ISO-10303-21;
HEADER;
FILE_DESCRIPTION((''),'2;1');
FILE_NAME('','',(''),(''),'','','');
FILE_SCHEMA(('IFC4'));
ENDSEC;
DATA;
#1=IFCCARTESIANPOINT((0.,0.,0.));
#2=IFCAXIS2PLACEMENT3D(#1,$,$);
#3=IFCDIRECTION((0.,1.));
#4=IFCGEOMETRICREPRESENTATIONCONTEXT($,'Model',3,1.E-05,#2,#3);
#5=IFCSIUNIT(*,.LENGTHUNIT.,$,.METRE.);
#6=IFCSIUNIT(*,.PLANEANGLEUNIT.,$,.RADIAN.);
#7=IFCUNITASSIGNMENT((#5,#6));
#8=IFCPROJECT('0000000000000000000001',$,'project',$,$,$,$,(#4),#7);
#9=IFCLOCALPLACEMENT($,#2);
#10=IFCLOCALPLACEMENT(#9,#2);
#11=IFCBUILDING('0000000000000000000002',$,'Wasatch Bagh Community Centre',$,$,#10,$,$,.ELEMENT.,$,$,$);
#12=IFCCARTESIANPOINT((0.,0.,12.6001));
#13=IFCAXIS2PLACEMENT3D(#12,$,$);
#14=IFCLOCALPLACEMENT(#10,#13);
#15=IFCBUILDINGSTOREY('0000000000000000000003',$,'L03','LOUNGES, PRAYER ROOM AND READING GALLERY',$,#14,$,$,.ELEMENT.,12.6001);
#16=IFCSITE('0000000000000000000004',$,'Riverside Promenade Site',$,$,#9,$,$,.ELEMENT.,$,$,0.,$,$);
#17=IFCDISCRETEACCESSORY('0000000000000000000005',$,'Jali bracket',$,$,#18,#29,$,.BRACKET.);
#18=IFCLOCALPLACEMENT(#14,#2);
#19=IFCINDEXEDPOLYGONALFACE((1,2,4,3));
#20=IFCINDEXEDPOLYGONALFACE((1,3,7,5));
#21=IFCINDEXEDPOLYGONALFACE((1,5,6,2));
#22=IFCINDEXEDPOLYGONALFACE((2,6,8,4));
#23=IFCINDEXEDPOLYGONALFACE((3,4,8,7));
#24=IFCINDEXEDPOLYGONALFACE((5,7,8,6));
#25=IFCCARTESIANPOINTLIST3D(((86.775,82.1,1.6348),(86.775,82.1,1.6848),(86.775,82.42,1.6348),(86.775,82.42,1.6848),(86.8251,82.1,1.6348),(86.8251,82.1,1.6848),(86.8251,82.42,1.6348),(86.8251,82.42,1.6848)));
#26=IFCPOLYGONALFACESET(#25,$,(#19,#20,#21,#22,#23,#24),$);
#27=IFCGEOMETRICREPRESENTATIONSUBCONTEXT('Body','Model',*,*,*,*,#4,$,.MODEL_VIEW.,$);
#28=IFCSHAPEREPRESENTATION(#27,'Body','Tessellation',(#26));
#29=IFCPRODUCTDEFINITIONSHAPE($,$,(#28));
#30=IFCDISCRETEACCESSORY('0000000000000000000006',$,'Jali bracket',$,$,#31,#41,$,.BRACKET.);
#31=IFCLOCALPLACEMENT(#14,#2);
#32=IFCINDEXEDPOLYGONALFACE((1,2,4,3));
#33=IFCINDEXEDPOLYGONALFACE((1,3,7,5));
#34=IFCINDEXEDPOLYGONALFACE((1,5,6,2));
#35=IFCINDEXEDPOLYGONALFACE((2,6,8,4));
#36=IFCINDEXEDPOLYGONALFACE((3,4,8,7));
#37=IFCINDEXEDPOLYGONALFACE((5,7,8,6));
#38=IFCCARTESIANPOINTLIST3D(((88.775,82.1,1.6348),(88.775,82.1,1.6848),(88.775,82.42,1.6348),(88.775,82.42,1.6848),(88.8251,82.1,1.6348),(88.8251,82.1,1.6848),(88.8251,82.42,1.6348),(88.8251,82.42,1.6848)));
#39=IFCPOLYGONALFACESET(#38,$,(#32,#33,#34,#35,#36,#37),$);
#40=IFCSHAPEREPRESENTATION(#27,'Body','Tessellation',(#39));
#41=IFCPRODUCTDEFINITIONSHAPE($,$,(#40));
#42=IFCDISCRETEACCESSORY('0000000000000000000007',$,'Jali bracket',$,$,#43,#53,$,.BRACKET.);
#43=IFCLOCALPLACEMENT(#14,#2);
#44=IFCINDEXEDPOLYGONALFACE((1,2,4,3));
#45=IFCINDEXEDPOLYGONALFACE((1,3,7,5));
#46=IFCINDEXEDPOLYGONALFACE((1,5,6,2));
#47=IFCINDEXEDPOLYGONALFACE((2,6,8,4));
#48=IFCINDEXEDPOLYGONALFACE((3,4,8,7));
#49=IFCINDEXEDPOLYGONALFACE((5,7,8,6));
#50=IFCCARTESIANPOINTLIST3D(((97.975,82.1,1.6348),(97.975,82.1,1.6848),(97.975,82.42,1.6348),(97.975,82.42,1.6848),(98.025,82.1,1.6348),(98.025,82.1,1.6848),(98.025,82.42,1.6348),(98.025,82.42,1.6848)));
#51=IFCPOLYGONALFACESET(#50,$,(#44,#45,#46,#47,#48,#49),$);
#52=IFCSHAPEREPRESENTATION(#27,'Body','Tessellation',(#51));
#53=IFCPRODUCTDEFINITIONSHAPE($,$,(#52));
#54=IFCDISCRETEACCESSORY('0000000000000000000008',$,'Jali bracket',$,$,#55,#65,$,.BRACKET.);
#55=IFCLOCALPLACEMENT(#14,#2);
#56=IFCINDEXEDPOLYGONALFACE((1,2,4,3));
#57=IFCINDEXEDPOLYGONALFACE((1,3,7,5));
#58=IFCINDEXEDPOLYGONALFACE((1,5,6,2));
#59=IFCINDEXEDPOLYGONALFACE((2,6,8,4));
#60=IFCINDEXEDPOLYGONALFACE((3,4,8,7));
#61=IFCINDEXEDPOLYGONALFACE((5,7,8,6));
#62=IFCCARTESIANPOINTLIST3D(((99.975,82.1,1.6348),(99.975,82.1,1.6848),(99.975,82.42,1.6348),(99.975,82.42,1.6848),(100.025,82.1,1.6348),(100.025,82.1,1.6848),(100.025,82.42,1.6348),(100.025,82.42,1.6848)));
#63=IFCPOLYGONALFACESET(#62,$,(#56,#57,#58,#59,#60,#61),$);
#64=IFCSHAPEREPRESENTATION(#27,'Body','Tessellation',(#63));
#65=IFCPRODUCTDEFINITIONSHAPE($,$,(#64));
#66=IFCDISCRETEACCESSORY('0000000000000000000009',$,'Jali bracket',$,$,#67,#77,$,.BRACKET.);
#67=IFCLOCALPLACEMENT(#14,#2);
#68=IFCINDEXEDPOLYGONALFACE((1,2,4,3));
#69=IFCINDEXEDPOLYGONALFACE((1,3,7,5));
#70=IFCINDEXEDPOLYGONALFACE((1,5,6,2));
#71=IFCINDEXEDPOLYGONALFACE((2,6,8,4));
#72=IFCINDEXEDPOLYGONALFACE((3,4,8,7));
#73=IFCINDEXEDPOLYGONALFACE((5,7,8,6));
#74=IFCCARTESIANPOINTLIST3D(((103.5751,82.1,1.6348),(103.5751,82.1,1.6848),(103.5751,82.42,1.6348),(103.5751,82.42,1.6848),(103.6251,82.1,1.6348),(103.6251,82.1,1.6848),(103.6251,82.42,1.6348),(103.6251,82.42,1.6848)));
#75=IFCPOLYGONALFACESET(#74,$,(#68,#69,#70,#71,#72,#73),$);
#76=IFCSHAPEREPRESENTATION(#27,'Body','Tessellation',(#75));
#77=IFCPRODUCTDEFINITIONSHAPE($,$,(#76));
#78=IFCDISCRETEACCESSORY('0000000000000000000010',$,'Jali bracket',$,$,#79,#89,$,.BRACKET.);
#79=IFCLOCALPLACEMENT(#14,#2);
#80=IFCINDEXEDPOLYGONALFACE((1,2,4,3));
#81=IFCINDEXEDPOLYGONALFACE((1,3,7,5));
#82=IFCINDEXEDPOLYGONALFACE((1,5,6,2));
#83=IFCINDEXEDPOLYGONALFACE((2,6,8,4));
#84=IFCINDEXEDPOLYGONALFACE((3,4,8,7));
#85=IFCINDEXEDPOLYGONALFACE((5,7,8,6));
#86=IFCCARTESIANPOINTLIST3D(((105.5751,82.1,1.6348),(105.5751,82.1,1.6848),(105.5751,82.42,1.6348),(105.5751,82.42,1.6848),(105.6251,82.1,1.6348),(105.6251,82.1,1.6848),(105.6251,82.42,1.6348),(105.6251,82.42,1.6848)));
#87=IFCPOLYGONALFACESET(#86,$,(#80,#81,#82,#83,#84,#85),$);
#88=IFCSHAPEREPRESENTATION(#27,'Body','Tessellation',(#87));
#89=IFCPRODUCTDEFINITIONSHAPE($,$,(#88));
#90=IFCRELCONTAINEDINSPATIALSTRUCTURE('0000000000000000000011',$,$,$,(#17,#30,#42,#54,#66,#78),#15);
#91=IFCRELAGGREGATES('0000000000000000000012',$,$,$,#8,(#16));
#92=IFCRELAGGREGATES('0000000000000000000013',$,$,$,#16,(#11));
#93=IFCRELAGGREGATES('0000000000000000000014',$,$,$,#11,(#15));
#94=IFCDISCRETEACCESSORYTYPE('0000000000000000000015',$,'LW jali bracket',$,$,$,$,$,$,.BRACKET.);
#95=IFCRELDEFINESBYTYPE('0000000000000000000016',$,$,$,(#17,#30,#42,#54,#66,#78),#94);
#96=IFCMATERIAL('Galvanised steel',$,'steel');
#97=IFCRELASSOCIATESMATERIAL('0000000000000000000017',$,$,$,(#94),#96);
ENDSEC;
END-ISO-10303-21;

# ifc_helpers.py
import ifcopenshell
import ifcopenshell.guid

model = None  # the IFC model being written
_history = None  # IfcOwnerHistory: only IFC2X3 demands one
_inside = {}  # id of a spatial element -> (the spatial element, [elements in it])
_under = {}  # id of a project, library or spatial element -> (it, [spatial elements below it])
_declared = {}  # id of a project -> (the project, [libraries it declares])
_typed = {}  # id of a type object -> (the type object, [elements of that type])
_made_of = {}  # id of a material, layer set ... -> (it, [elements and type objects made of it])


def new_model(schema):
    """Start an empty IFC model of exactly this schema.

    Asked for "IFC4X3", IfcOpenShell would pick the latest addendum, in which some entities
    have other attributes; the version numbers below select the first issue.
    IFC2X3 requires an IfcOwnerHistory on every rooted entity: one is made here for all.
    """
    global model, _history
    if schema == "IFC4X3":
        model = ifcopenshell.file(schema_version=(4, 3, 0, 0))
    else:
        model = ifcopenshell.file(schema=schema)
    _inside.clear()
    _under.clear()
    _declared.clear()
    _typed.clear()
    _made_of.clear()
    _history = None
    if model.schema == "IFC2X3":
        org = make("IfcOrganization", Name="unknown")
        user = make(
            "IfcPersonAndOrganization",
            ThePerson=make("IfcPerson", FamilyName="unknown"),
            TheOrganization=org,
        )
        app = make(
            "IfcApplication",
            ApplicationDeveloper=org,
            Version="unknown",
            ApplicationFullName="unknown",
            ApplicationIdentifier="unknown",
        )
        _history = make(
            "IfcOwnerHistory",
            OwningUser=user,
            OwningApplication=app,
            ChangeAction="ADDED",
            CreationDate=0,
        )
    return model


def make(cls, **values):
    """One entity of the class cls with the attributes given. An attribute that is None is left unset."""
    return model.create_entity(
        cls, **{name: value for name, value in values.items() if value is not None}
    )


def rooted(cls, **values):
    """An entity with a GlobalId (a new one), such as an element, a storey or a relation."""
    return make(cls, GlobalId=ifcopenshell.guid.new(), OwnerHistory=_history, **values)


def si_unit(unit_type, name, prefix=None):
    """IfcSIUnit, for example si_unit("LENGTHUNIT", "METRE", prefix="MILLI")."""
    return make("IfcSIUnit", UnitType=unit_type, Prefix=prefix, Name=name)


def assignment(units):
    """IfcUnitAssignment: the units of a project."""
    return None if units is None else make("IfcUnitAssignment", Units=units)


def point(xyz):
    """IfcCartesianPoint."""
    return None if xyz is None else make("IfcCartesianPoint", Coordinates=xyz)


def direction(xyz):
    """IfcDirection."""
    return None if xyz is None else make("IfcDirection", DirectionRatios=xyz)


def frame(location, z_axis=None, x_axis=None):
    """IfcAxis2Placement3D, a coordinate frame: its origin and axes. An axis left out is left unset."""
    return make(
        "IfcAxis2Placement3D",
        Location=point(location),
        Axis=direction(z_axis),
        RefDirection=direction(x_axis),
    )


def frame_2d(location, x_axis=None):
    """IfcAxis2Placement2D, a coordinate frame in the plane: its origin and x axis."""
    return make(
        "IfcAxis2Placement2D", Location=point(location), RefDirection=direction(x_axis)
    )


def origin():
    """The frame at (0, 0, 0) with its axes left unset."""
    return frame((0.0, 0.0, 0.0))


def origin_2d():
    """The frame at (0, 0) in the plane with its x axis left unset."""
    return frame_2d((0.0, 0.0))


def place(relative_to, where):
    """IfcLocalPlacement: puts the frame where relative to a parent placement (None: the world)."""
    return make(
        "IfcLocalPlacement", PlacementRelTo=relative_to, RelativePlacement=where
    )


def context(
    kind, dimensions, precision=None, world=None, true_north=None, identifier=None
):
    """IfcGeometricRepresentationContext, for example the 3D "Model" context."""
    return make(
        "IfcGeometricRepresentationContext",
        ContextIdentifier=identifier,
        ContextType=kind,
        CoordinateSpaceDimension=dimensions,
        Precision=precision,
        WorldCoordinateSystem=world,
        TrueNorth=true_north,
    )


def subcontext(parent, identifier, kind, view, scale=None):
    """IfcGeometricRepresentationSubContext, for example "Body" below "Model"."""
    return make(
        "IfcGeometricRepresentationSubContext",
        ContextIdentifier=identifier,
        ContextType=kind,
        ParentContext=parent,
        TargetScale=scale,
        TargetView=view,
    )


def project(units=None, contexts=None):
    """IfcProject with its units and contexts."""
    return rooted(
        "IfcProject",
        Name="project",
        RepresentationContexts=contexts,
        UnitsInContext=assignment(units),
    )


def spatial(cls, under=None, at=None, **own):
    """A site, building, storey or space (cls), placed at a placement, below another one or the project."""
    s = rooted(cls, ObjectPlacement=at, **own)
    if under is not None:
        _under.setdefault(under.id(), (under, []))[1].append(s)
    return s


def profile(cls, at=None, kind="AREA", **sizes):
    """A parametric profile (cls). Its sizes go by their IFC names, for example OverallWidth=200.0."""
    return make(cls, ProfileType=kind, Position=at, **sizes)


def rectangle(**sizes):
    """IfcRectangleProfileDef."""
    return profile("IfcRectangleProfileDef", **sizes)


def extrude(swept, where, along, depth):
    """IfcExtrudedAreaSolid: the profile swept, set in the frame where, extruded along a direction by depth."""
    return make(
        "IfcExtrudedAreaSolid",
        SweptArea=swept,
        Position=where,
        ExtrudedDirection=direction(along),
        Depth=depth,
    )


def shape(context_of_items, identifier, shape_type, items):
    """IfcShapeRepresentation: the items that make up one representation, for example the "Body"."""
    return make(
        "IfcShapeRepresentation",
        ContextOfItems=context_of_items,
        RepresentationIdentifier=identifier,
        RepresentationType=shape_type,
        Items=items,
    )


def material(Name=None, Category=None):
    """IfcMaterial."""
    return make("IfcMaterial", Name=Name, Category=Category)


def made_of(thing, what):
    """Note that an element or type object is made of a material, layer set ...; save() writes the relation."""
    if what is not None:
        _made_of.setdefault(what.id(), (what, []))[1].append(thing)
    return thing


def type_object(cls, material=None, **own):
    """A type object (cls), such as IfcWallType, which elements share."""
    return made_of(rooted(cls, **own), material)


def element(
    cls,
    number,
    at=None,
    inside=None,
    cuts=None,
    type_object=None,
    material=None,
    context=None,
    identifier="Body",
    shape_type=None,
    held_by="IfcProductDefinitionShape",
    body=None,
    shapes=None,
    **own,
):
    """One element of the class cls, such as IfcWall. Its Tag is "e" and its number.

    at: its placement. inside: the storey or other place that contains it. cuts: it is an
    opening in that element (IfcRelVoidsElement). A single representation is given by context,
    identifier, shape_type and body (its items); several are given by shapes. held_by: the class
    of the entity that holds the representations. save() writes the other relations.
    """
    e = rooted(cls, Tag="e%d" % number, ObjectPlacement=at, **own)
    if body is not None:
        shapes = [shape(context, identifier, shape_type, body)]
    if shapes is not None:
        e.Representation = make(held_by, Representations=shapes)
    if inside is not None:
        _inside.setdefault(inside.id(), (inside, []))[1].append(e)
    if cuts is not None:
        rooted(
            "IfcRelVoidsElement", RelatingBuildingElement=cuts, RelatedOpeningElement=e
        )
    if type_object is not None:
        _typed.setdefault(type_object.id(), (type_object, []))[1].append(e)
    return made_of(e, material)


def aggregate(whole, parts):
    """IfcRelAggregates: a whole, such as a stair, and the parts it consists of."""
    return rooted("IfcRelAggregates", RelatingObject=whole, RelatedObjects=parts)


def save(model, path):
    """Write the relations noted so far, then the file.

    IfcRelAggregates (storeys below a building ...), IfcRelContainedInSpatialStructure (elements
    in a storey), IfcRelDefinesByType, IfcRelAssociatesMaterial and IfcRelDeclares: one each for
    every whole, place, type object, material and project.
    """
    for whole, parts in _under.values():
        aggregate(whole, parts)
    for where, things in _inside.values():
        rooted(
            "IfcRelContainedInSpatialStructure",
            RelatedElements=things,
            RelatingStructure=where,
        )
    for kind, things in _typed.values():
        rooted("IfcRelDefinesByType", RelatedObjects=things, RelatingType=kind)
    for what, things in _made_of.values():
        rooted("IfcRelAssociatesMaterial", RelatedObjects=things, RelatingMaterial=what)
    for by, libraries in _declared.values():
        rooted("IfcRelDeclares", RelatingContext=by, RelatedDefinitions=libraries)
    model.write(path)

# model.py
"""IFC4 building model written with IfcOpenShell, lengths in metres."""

from ifc_helpers import new_model, si_unit, direction, frame, origin, origin_2d, place, context, subcontext, project, spatial, rectangle, extrude, material, type_object, element, save


model = new_model("IFC4")

# Units and contexts
model_context = context("Model", 3, precision=1e-05, world=origin(), true_north=direction((0.0, 1.0)))
body_context = subcontext(model_context, "Body", "Model", "MODEL_VIEW")
ifc_project = project(units=[si_unit("LENGTHUNIT", "METRE"), si_unit("PLANEANGLEUNIT", "RADIAN")], contexts=[model_context])

# Site, building, storey
site_placement = place(None, origin())
site = spatial("IfcSite", under=ifc_project, at=site_placement, Name="Riverside Promenade Site", CompositionType="ELEMENT", RefElevation=0.0)
building_placement = place(site_placement, origin())
building = spatial("IfcBuilding", under=site, at=building_placement, Name="Wasatch Bagh Community Centre", CompositionType="ELEMENT")
storey_placement = place(building_placement, frame((0.0, 0.0, 12.6001)))
storey = spatial("IfcBuildingStorey", under=building, at=storey_placement, Name="L03", Description="LOUNGES, PRAYER ROOM AND READING GALLERY", CompositionType="ELEMENT", Elevation=12.6001)

# Discrete accessories
ifc_material_1 = material(Name="Galvanised steel", Category="steel")
discrete_accessory_type = type_object("IfcDiscreteAccessoryType", Name="LW jali bracket", PredefinedType="BRACKET", material=ifc_material_1)
for number, where, z_axis, x_axis, name in (
    (1, (86.8, 82.26, 1.6348), (0.0, 0.0, 1.0), (1.0, 0.0, 0.0), "Jali bracket"),
    (2, (88.8, 82.26, 1.6348), (0.0, 0.0, 1.0), (1.0, 0.0, 0.0), "Jali bracket"),
    (3, (98.0, 82.26, 1.6348), (0.0, 0.0, 1.0), (1.0, 0.0, 0.0), "Jali bracket"),
    (4, (100.0, 82.26, 1.6348), (0.0, 0.0, 1.0), (1.0, 0.0, 0.0), "Jali bracket"),
    (5, (103.6001, 82.26, 1.6348), (0.0, 0.0, 1.0), (1.0, 0.0, 0.0), "Jali bracket"),
    (6, (105.6001, 82.26, 1.6348), (0.0, 0.0, 1.0), (1.0, 0.0, 0.0), "Jali bracket"),
):
    element("IfcDiscreteAccessory", number, at=place(storey_placement, frame(where, z_axis=z_axis, x_axis=x_axis)), inside=storey, type_object=discrete_accessory_type, Name=name, PredefinedType="BRACKET", context=body_context, shape_type="SweptSolid", body=[
        extrude(rectangle(XDim=0.05, YDim=0.3201, at=origin_2d()), origin(), (0.0, 0.0, 1.0), 0.05),
    ])

save(model, "model.ifc")
